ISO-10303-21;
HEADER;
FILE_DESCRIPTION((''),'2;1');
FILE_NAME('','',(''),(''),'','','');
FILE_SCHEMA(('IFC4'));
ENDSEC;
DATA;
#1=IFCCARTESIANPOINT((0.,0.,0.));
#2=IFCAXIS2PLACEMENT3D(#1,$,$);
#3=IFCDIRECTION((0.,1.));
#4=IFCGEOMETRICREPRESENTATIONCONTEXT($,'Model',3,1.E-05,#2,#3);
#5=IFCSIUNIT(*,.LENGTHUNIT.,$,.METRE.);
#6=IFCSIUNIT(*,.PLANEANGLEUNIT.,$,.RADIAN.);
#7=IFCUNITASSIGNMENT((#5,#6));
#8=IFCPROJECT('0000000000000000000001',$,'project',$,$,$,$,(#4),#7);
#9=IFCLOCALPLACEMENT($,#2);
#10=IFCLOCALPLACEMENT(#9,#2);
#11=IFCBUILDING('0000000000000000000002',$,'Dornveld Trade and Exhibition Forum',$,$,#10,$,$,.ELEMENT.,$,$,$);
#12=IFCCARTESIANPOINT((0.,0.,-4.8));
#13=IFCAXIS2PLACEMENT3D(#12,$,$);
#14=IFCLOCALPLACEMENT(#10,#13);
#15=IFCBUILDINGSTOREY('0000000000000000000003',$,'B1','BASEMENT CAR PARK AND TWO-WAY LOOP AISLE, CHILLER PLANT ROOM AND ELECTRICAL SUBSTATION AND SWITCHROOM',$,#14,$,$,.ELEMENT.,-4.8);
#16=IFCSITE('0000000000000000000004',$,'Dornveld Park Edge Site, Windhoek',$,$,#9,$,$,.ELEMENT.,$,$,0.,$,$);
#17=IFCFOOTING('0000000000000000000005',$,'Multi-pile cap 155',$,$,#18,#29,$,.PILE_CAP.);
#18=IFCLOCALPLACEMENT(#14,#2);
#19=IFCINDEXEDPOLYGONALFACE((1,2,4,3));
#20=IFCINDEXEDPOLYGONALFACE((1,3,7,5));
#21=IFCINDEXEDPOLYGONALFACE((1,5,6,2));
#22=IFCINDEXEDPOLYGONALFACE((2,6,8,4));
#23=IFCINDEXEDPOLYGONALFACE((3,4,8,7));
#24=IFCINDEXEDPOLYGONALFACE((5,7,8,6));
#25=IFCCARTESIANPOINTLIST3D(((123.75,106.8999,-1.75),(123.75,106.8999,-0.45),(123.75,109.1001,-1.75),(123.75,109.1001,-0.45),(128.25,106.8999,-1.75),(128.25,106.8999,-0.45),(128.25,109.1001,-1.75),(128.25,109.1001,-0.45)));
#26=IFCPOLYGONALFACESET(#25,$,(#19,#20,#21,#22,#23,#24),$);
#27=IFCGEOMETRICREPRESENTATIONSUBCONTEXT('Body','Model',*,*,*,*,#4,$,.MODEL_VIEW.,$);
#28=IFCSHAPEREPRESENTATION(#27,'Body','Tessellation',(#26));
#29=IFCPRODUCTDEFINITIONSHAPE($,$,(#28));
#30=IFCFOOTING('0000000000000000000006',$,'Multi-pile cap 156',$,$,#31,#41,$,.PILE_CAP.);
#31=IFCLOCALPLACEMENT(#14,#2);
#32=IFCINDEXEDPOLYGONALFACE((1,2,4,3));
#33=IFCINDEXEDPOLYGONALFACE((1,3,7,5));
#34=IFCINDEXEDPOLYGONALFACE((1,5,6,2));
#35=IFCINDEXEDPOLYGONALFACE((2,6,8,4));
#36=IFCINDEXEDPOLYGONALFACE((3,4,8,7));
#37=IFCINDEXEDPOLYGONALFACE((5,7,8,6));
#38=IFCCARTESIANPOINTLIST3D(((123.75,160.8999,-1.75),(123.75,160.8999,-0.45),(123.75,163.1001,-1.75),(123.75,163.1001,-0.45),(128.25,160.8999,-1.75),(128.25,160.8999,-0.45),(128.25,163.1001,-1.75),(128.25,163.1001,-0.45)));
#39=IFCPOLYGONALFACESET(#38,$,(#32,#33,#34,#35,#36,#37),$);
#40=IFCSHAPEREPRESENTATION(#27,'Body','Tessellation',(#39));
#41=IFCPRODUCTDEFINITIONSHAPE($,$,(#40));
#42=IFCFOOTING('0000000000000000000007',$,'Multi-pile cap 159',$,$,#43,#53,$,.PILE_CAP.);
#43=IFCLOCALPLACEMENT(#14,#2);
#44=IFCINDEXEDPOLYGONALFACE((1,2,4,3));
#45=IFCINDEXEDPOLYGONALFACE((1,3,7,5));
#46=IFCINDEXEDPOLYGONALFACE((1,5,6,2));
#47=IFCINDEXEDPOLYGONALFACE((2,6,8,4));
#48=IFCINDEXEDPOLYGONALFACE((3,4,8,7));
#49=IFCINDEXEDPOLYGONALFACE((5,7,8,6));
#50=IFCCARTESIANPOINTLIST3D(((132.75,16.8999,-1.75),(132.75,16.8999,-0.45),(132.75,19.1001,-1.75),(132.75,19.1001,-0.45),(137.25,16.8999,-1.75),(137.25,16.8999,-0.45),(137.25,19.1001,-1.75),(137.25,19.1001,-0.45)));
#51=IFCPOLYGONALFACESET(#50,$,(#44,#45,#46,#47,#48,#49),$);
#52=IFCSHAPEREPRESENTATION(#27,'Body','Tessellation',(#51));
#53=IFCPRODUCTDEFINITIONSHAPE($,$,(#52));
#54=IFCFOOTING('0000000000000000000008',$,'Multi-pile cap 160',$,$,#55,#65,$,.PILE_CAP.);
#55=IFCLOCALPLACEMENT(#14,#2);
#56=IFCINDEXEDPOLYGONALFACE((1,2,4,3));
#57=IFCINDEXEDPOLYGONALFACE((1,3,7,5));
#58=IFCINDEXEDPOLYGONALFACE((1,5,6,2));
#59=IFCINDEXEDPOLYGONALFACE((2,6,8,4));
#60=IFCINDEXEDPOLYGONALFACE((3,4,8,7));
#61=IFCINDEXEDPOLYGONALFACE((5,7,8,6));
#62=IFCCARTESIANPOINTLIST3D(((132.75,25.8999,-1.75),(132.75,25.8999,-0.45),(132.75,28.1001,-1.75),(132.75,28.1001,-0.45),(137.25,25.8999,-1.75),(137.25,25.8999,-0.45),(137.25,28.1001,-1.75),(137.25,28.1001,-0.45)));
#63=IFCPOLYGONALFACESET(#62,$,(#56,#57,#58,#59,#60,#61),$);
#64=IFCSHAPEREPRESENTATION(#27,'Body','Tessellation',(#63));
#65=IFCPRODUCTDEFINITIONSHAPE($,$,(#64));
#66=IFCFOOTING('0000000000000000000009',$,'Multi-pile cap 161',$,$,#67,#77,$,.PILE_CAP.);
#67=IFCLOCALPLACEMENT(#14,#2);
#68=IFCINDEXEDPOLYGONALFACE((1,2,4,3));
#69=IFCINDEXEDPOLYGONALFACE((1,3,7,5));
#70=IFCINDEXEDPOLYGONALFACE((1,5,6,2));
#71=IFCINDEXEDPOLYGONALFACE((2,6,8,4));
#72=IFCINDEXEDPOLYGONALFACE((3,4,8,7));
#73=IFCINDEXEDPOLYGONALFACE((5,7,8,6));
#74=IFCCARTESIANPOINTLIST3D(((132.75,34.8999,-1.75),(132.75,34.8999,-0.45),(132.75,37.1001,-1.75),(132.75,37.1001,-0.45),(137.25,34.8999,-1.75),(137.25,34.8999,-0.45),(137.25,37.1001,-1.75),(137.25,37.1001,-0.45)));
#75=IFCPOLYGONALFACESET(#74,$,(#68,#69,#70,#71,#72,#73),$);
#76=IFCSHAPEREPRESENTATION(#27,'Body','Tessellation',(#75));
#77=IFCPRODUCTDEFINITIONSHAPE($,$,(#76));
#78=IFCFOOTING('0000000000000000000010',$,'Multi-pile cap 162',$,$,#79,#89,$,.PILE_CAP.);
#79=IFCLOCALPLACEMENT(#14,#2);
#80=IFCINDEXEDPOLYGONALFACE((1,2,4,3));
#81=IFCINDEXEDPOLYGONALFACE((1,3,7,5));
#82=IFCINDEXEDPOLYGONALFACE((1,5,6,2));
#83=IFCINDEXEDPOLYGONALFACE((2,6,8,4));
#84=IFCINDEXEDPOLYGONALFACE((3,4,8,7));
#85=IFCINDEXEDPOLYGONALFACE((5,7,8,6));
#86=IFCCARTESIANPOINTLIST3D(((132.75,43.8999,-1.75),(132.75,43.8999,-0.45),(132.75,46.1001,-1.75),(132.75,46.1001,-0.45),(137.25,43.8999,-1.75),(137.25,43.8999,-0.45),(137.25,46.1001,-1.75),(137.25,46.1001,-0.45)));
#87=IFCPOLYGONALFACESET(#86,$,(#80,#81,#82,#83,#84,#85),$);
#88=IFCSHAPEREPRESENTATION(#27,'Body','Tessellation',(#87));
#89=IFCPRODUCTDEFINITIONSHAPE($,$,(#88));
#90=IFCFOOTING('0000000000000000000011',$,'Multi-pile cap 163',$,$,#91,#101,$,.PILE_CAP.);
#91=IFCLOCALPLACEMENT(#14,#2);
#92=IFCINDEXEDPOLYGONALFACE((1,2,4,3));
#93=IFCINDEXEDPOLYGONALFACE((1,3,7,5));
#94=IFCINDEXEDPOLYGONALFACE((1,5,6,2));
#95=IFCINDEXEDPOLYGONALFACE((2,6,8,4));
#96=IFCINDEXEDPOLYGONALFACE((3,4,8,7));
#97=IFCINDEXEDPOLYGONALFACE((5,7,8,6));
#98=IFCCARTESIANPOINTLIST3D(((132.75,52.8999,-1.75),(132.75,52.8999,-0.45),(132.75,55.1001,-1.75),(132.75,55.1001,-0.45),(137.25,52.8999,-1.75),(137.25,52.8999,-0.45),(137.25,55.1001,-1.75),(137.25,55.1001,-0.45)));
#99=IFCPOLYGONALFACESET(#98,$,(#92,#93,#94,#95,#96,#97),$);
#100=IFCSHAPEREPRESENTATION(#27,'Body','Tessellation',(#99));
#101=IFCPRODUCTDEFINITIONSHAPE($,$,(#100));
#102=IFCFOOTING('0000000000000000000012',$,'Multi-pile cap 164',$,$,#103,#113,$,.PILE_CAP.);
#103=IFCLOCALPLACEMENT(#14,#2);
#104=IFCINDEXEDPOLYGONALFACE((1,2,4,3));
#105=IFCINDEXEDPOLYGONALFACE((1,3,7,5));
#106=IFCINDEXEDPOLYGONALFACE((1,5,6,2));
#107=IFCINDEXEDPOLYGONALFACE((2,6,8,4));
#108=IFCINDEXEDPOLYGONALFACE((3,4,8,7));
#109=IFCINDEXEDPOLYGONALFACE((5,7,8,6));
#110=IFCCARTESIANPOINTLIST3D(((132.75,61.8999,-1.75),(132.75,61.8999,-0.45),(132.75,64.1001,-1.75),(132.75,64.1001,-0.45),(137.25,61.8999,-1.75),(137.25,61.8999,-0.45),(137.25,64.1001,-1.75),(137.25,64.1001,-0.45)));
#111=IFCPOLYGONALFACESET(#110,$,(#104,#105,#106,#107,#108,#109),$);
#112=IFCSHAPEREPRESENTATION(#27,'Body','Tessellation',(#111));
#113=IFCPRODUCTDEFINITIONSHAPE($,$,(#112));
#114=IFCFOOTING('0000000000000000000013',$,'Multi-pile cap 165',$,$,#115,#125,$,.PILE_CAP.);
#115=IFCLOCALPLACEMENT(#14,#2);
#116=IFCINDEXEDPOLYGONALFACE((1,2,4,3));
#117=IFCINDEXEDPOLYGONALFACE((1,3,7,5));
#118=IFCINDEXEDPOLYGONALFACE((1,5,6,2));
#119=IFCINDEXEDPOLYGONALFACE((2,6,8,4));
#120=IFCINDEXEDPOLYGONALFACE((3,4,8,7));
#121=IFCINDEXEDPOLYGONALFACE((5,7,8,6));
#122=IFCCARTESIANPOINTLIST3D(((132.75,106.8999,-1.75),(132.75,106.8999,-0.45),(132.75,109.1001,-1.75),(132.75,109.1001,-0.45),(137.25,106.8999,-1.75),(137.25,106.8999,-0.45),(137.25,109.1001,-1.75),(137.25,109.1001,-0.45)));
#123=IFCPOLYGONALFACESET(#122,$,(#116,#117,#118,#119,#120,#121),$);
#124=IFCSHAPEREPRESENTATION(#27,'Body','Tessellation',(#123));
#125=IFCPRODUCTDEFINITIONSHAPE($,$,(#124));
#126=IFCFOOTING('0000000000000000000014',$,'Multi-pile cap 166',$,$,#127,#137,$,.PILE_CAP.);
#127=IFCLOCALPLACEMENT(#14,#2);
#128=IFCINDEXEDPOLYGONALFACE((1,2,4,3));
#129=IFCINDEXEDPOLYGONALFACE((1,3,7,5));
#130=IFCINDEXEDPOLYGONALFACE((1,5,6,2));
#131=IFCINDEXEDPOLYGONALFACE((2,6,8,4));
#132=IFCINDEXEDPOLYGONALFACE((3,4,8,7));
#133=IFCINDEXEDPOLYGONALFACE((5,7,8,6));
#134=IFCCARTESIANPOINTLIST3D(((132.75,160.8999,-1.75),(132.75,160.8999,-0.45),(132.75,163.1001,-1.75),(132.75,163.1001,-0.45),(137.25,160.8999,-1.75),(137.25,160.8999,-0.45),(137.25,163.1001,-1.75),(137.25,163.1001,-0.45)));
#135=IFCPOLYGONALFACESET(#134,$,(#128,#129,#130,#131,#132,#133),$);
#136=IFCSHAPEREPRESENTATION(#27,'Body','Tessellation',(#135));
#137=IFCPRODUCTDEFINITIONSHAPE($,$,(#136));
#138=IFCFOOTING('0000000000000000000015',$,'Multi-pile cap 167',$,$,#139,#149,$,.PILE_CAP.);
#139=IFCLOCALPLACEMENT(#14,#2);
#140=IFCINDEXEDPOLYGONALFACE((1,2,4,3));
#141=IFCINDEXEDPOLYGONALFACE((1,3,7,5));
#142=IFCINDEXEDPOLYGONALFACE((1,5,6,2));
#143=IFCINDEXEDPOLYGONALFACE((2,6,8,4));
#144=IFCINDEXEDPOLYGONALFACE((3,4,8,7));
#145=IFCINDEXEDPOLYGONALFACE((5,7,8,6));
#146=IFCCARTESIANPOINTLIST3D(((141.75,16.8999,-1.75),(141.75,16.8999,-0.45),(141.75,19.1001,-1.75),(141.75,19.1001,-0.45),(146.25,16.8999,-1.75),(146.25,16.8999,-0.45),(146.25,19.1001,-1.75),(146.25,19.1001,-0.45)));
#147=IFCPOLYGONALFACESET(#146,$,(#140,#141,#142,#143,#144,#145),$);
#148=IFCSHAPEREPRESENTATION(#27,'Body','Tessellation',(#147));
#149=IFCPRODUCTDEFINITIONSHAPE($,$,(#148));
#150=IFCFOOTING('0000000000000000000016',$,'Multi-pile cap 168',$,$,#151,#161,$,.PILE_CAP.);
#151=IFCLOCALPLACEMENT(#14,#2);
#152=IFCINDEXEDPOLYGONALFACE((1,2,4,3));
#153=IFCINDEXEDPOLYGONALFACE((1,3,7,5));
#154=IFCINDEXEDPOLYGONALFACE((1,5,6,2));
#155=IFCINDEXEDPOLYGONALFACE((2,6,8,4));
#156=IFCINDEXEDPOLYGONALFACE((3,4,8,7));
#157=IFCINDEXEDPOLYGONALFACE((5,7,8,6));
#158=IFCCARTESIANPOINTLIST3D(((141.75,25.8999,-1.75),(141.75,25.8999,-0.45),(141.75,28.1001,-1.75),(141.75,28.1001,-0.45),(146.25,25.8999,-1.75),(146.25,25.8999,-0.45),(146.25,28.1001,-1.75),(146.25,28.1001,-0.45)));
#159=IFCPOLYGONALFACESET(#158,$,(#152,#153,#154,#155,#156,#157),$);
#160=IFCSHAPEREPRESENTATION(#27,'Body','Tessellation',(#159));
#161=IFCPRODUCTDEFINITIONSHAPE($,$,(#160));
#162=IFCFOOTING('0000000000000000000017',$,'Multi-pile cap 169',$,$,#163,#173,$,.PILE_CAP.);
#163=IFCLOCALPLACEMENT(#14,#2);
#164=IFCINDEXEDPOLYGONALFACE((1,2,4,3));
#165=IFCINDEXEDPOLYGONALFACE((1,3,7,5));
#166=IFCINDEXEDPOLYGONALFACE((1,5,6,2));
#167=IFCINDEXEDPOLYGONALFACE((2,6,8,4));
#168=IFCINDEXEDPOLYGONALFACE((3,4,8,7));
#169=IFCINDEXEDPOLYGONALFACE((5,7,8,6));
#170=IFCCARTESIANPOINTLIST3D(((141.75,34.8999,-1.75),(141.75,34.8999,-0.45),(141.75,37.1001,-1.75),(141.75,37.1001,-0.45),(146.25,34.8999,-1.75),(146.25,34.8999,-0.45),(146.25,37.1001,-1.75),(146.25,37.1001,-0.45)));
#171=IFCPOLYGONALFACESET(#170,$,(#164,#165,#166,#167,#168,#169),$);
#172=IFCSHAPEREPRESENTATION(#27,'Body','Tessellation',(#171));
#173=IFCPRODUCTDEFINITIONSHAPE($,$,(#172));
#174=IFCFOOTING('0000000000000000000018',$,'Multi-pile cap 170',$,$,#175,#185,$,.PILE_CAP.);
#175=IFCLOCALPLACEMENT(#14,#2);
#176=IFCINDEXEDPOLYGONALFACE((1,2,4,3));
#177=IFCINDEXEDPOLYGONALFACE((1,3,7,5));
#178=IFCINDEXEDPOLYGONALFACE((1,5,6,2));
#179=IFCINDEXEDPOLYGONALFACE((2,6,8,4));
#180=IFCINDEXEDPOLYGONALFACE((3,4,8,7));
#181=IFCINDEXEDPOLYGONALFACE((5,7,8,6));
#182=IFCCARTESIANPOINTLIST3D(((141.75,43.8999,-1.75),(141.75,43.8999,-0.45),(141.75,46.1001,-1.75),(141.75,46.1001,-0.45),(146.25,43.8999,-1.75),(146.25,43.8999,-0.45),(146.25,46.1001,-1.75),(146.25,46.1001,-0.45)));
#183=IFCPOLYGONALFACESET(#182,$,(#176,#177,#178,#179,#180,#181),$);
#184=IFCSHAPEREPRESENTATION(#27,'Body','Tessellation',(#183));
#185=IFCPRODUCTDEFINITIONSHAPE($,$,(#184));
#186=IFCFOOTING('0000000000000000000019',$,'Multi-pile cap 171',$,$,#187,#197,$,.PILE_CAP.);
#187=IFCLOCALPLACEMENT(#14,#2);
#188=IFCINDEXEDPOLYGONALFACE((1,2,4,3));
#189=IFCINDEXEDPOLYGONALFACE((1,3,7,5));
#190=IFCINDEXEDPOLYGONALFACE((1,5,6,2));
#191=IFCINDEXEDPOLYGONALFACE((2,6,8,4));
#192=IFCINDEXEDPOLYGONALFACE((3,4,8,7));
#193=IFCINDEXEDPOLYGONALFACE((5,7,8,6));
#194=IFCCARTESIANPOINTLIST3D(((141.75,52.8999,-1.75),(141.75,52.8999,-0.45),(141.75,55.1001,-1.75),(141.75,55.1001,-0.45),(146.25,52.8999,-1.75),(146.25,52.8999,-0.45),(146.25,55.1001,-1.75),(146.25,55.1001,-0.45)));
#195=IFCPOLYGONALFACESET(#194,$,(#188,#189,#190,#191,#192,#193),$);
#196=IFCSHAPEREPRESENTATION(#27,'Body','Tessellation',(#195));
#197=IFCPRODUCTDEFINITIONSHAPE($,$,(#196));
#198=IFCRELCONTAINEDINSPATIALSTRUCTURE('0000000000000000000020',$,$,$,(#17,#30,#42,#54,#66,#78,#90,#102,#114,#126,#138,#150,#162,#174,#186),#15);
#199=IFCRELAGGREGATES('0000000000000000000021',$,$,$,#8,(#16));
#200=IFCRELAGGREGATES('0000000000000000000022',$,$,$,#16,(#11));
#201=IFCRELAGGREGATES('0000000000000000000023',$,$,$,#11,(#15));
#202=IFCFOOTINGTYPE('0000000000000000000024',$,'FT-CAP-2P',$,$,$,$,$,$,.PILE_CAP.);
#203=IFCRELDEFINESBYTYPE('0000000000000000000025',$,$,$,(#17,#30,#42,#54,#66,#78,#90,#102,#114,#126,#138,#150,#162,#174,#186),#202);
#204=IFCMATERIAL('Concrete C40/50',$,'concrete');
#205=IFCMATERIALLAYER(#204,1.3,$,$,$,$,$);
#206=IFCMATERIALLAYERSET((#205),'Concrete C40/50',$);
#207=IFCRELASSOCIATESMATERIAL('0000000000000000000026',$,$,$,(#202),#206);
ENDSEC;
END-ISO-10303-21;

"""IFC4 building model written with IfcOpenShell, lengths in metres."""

from ifc_helpers import new_model, si_unit, direction, frame, origin, place, context, subcontext, project, spatial, polyline, outline, extrude, material, layer, layer_set, type_object, element, save


model = new_model("IFC4")

# Units and contexts
model_context = context("Model", 3, precision=1e-05, world=origin(), true_north=direction((0.0, 1.0)))
body_context = subcontext(model_context, "Body", "Model", "MODEL_VIEW")
ifc_project = project(units=[si_unit("LENGTHUNIT", "METRE"), si_unit("PLANEANGLEUNIT", "RADIAN")], contexts=[model_context])

# Site, building, storey
site_placement = place(None, origin())
site = spatial("IfcSite", under=ifc_project, at=site_placement, Name="Dornveld Park Edge Site, Windhoek", CompositionType="ELEMENT", RefElevation=0.0)
building_placement = place(site_placement, origin())
building = spatial("IfcBuilding", under=site, at=building_placement, Name="Dornveld Trade and Exhibition Forum", CompositionType="ELEMENT")
storey_placement = place(building_placement, frame((0.0, 0.0, -4.8)))
storey = spatial("IfcBuildingStorey", under=building, at=storey_placement, Name="B1", Description="BASEMENT CAR PARK AND TWO-WAY LOOP AISLE, CHILLER PLANT ROOM AND ELECTRICAL SUBSTATION AND SWITCHROOM", CompositionType="ELEMENT", Elevation=-4.8)

# Footings
ifc_material = material(Name="Concrete C40/50", Category="concrete")
ifc_layer = layer(ifc_material, 1.3)
ifc_layer_set = layer_set([ifc_layer], Name="Concrete C40/50")
footing_type = type_object("IfcFootingType", Name="FT-CAP-2P", PredefinedType="PILE_CAP", material=ifc_layer_set)
footing_1_placement = place(storey_placement, frame((0.0, 0.0, -1.75)))
element("IfcFooting", 1, at=footing_1_placement, inside=storey, type_object=footing_type, Name="Multi-pile cap 155", PredefinedType="PILE_CAP", context=body_context, shape_type="SweptSolid", body=[
    extrude(outline(polyline([(123.75, 106.8999), (128.25, 106.8999), (128.25, 109.1001), (123.75, 109.1001), (123.75, 106.8999)])), origin(), (0.0, 0.0, 1.0), 1.3),
])
footing_2_placement = place(storey_placement, frame((0.0, 0.0, -1.75)))
element("IfcFooting", 2, at=footing_2_placement, inside=storey, type_object=footing_type, Name="Multi-pile cap 156", PredefinedType="PILE_CAP", context=body_context, shape_type="SweptSolid", body=[
    extrude(outline(polyline([(123.75, 160.8999), (128.25, 160.8999), (128.25, 163.1001), (123.75, 163.1001), (123.75, 160.8999)])), origin(), (0.0, 0.0, 1.0), 1.3),
])
footing_3_placement = place(storey_placement, frame((0.0, 0.0, -1.75)))
element("IfcFooting", 3, at=footing_3_placement, inside=storey, type_object=footing_type, Name="Multi-pile cap 159", PredefinedType="PILE_CAP", context=body_context, shape_type="SweptSolid", body=[
    extrude(outline(polyline([(132.75, 16.8999), (137.25, 16.8999), (137.25, 19.1001), (132.75, 19.1001), (132.75, 16.8999)])), origin(), (0.0, 0.0, 1.0), 1.3),
])
footing_4_placement = place(storey_placement, frame((0.0, 0.0, -1.75)))
element("IfcFooting", 4, at=footing_4_placement, inside=storey, type_object=footing_type, Name="Multi-pile cap 160", PredefinedType="PILE_CAP", context=body_context, shape_type="SweptSolid", body=[
    extrude(outline(polyline([(132.75, 25.8999), (137.25, 25.8999), (137.25, 28.1001), (132.75, 28.1001), (132.75, 25.8999)])), origin(), (0.0, 0.0, 1.0), 1.3),
])
footing_5_placement = place(storey_placement, frame((0.0, 0.0, -1.75)))
element("IfcFooting", 5, at=footing_5_placement, inside=storey, type_object=footing_type, Name="Multi-pile cap 161", PredefinedType="PILE_CAP", context=body_context, shape_type="SweptSolid", body=[
    extrude(outline(polyline([(132.75, 34.8999), (137.25, 34.8999), (137.25, 37.1001), (132.75, 37.1001), (132.75, 34.8999)])), origin(), (0.0, 0.0, 1.0), 1.3),
])
footing_6_placement = place(storey_placement, frame((0.0, 0.0, -1.75)))
element("IfcFooting", 6, at=footing_6_placement, inside=storey, type_object=footing_type, Name="Multi-pile cap 162", PredefinedType="PILE_CAP", context=body_context, shape_type="SweptSolid", body=[
    extrude(outline(polyline([(132.75, 43.8999), (137.25, 43.8999), (137.25, 46.1001), (132.75, 46.1001), (132.75, 43.8999)])), origin(), (0.0, 0.0, 1.0), 1.3),
])
footing_7_placement = place(storey_placement, frame((0.0, 0.0, -1.75)))
element("IfcFooting", 7, at=footing_7_placement, inside=storey, type_object=footing_type, Name="Multi-pile cap 163", PredefinedType="PILE_CAP", context=body_context, shape_type="SweptSolid", body=[
    extrude(outline(polyline([(132.75, 52.8999), (137.25, 52.8999), (137.25, 55.1001), (132.75, 55.1001), (132.75, 52.8999)])), origin(), (0.0, 0.0, 1.0), 1.3),
])
footing_8_placement = place(storey_placement, frame((0.0, 0.0, -1.75)))
element("IfcFooting", 8, at=footing_8_placement, inside=storey, type_object=footing_type, Name="Multi-pile cap 164", PredefinedType="PILE_CAP", context=body_context, shape_type="SweptSolid", body=[
    extrude(outline(polyline([(132.75, 61.8999), (137.25, 61.8999), (137.25, 64.1001), (132.75, 64.1001), (132.75, 61.8999)])), origin(), (0.0, 0.0, 1.0), 1.3),
])
footing_9_placement = place(storey_placement, frame((0.0, 0.0, -1.75)))
element("IfcFooting", 9, at=footing_9_placement, inside=storey, type_object=footing_type, Name="Multi-pile cap 165", PredefinedType="PILE_CAP", context=body_context, shape_type="SweptSolid", body=[
    extrude(outline(polyline([(132.75, 106.8999), (137.25, 106.8999), (137.25, 109.1001), (132.75, 109.1001), (132.75, 106.8999)])), origin(), (0.0, 0.0, 1.0), 1.3),
])
footing_10_placement = place(storey_placement, frame((0.0, 0.0, -1.75)))
element("IfcFooting", 10, at=footing_10_placement, inside=storey, type_object=footing_type, Name="Multi-pile cap 166", PredefinedType="PILE_CAP", context=body_context, shape_type="SweptSolid", body=[
    extrude(outline(polyline([(132.75, 160.8999), (137.25, 160.8999), (137.25, 163.1001), (132.75, 163.1001), (132.75, 160.8999)])), origin(), (0.0, 0.0, 1.0), 1.3),
])
footing_11_placement = place(storey_placement, frame((0.0, 0.0, -1.75)))
element("IfcFooting", 11, at=footing_11_placement, inside=storey, type_object=footing_type, Name="Multi-pile cap 167", PredefinedType="PILE_CAP", context=body_context, shape_type="SweptSolid", body=[
    extrude(outline(polyline([(141.75, 16.8999), (146.25, 16.8999), (146.25, 19.1001), (141.75, 19.1001), (141.75, 16.8999)])), origin(), (0.0, 0.0, 1.0), 1.3),
])
footing_12_placement = place(storey_placement, frame((0.0, 0.0, -1.75)))
element("IfcFooting", 12, at=footing_12_placement, inside=storey, type_object=footing_type, Name="Multi-pile cap 168", PredefinedType="PILE_CAP", context=body_context, shape_type="SweptSolid", body=[
    extrude(outline(polyline([(141.75, 25.8999), (146.25, 25.8999), (146.25, 28.1001), (141.75, 28.1001), (141.75, 25.8999)])), origin(), (0.0, 0.0, 1.0), 1.3),
])
footing_13_placement = place(storey_placement, frame((0.0, 0.0, -1.75)))
element("IfcFooting", 13, at=footing_13_placement, inside=storey, type_object=footing_type, Name="Multi-pile cap 169", PredefinedType="PILE_CAP", context=body_context, shape_type="SweptSolid", body=[
    extrude(outline(polyline([(141.75, 34.8999), (146.25, 34.8999), (146.25, 37.1001), (141.75, 37.1001), (141.75, 34.8999)])), origin(), (0.0, 0.0, 1.0), 1.3),
])
footing_14_placement = place(storey_placement, frame((0.0, 0.0, -1.75)))
element("IfcFooting", 14, at=footing_14_placement, inside=storey, type_object=footing_type, Name="Multi-pile cap 170", PredefinedType="PILE_CAP", context=body_context, shape_type="SweptSolid", body=[
    extrude(outline(polyline([(141.75, 43.8999), (146.25, 43.8999), (146.25, 46.1001), (141.75, 46.1001), (141.75, 43.8999)])), origin(), (0.0, 0.0, 1.0), 1.3),
])
footing_15_placement = place(storey_placement, frame((0.0, 0.0, -1.75)))
element("IfcFooting", 15, at=footing_15_placement, inside=storey, type_object=footing_type, Name="Multi-pile cap 171", PredefinedType="PILE_CAP", context=body_context, shape_type="SweptSolid", body=[
    extrude(outline(polyline([(141.75, 52.8999), (146.25, 52.8999), (146.25, 55.1001), (141.75, 55.1001), (141.75, 52.8999)])), origin(), (0.0, 0.0, 1.0), 1.3),
])

save(model, "model.ifc")
